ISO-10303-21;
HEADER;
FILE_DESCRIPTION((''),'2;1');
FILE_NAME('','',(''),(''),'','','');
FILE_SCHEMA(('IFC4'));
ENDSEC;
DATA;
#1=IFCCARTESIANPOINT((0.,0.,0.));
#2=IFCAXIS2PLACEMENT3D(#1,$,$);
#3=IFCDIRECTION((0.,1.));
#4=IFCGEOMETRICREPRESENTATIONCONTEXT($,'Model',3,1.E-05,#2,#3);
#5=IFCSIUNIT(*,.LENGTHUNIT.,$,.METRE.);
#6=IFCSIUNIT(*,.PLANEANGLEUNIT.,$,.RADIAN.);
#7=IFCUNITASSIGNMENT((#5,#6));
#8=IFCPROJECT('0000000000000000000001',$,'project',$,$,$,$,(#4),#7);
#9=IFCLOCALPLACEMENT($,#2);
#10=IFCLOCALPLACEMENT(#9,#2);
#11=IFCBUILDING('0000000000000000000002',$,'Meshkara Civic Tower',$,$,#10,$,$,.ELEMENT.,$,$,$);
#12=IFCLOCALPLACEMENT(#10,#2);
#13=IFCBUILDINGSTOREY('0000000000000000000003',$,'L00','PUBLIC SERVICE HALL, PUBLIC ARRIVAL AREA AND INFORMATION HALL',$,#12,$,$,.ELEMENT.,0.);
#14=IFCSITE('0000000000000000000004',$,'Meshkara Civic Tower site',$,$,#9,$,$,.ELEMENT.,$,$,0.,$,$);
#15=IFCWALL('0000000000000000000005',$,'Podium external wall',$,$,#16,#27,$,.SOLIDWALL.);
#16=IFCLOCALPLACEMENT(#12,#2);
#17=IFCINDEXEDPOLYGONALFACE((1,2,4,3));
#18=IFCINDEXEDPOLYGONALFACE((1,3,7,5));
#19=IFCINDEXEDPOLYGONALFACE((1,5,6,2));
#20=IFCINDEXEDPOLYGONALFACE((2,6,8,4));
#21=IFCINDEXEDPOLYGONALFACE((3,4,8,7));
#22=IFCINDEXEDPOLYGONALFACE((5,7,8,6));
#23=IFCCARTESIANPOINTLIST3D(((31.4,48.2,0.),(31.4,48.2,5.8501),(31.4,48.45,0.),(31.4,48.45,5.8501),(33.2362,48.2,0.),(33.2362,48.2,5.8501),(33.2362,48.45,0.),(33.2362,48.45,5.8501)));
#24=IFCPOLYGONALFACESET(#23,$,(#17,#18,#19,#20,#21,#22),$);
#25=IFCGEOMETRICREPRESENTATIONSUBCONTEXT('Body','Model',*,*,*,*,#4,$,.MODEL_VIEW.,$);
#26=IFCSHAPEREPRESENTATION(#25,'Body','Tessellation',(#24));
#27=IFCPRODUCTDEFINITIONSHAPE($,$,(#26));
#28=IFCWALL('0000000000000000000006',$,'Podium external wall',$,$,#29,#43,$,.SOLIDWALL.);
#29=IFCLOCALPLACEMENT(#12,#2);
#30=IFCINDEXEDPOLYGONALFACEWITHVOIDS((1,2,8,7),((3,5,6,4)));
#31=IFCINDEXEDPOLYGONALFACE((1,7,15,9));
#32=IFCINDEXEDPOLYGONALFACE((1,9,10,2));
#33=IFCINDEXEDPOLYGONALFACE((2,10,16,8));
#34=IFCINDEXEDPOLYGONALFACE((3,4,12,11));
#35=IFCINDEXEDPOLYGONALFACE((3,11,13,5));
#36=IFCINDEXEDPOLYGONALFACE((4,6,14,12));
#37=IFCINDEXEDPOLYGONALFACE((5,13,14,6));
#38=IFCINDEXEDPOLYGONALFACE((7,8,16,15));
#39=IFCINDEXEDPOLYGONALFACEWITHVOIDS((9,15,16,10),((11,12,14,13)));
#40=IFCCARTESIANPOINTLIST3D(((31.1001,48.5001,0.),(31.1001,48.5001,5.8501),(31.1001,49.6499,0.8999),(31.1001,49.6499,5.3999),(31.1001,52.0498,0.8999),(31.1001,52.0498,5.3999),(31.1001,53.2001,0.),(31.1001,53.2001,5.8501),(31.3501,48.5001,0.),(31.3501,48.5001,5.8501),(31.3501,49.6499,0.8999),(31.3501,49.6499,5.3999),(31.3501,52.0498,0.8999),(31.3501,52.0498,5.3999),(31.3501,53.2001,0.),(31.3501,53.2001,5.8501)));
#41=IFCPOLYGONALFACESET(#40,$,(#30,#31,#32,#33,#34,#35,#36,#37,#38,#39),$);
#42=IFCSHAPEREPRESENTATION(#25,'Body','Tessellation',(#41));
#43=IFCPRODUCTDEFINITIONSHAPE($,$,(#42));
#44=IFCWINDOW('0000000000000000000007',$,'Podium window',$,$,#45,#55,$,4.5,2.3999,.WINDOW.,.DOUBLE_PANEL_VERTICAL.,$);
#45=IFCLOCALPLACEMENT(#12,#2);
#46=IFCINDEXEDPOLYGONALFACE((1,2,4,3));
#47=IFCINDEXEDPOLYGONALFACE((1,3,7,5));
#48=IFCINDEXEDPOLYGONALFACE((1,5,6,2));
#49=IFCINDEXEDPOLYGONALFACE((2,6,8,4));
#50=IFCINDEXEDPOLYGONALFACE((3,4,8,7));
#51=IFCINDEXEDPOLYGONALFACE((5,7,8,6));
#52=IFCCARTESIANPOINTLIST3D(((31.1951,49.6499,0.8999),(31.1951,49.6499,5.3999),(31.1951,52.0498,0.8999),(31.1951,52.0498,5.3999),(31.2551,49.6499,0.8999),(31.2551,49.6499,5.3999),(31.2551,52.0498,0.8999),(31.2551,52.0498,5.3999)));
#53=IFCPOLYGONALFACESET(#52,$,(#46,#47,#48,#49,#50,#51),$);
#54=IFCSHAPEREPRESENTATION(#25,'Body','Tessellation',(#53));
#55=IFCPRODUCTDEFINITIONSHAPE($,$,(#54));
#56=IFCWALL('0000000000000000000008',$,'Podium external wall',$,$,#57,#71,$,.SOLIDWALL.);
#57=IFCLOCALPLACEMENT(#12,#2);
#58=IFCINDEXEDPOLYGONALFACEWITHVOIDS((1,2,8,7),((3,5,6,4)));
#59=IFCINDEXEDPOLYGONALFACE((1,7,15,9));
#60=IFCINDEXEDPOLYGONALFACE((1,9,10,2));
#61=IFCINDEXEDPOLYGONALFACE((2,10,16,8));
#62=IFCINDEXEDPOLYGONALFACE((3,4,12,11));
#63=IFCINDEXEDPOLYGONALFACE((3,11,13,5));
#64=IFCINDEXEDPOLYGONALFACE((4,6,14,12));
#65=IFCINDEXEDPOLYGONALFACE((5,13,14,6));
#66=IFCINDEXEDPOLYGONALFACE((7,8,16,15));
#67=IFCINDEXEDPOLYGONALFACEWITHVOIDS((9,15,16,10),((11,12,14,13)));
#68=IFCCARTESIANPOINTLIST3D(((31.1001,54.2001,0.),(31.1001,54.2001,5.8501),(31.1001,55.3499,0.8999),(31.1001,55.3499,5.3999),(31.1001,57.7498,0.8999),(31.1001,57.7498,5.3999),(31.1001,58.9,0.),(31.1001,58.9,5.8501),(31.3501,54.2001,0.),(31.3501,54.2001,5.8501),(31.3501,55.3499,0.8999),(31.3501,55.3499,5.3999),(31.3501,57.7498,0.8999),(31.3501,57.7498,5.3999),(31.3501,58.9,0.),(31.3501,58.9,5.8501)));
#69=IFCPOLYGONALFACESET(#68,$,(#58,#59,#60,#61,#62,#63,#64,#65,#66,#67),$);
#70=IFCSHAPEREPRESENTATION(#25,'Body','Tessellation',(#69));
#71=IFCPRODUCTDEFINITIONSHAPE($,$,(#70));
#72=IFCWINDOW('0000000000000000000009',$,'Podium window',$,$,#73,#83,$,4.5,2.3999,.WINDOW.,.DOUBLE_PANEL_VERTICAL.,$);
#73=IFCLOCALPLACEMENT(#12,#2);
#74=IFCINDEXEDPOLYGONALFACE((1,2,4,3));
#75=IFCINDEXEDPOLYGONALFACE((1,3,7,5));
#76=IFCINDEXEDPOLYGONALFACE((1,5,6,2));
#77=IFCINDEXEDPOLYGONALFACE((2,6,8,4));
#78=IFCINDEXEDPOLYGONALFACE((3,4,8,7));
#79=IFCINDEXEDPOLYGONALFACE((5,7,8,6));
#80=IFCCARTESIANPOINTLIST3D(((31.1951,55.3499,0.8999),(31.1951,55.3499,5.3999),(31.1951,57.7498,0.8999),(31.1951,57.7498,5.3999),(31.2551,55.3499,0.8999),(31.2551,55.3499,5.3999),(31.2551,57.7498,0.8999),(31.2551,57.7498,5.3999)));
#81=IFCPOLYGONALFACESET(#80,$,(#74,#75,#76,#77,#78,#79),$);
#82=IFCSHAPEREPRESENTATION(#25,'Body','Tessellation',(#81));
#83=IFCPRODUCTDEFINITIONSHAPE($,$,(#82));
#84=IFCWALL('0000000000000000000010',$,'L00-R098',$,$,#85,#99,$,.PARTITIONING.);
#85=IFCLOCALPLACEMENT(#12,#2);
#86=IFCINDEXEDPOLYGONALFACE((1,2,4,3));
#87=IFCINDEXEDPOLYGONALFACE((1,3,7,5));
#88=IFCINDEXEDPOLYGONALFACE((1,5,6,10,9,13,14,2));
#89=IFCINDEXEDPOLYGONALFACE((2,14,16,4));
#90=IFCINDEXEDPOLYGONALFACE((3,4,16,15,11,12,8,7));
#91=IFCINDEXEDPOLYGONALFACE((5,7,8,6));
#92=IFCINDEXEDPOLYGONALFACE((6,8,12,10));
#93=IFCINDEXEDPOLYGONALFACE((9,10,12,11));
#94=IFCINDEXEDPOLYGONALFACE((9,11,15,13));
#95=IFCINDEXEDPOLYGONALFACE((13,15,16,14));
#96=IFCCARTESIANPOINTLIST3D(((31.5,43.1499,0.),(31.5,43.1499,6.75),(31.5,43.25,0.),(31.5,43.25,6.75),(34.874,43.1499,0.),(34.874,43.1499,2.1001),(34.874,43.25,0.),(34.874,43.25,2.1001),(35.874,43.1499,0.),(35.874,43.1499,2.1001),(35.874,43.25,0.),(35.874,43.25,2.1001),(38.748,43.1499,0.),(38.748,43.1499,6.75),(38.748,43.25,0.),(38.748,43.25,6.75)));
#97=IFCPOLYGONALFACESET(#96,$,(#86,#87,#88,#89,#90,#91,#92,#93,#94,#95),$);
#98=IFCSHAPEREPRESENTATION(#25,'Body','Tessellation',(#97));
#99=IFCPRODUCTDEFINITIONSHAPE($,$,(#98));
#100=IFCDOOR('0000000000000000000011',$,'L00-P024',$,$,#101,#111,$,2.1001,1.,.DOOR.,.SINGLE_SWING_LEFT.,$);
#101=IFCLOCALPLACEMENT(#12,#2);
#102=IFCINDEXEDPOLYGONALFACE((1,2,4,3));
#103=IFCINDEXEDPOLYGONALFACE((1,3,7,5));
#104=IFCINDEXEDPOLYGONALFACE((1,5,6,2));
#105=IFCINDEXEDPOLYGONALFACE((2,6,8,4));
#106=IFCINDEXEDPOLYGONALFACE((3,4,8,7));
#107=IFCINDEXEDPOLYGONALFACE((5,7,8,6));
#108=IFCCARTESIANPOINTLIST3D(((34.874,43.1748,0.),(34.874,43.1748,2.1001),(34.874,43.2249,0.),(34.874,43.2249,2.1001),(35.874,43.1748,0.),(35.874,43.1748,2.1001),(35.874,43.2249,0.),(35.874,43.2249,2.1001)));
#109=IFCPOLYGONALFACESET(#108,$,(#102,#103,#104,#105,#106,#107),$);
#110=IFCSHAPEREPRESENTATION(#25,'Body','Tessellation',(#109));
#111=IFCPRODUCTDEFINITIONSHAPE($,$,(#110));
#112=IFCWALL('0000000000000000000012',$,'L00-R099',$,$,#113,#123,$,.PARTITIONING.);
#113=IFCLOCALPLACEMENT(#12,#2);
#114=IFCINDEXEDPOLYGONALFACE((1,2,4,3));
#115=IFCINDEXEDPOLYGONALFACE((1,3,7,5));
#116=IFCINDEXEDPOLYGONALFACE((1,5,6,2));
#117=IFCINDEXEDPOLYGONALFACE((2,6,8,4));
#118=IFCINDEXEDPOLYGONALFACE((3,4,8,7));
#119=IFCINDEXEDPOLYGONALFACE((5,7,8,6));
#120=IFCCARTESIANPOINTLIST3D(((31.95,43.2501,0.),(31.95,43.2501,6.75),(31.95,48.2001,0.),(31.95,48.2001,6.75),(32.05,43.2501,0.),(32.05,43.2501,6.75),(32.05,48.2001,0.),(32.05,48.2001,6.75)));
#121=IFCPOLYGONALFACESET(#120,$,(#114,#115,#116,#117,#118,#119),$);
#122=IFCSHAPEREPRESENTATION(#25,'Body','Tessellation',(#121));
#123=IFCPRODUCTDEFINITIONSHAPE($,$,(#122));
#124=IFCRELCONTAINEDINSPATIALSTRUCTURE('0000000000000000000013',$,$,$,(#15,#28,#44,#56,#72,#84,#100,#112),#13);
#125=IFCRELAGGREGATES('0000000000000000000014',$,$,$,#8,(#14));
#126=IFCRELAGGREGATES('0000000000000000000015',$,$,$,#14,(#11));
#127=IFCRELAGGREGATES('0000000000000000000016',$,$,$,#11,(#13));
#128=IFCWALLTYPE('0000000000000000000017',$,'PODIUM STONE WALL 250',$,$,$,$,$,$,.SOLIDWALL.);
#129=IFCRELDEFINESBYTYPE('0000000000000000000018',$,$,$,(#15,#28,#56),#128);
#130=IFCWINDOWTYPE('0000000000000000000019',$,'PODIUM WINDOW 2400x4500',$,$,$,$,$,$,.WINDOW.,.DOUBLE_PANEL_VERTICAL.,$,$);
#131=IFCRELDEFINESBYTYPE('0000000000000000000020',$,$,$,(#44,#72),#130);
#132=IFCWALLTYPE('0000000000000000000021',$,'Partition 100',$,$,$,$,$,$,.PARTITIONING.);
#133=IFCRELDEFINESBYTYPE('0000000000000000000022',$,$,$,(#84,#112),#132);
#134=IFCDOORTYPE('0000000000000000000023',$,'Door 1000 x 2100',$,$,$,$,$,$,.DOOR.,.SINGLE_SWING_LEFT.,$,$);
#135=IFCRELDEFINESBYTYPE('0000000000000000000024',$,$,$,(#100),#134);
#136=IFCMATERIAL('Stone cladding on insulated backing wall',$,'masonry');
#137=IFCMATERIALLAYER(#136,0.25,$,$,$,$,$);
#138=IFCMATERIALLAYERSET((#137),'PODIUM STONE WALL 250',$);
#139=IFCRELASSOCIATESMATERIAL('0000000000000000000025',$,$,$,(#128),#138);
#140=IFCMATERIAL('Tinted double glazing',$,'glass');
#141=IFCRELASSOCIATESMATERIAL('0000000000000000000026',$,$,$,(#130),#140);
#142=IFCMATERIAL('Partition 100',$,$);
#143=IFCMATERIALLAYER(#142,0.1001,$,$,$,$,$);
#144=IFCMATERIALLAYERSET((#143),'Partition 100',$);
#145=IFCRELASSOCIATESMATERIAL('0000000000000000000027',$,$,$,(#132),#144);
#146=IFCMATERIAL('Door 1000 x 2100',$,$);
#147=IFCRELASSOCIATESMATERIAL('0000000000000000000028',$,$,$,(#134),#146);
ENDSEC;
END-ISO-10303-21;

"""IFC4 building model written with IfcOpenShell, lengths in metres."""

from ifc_helpers import new_model, si_unit, direction, frame, frame_2d, origin, place, context, subcontext, project, spatial, rectangle, extrude, material, layer, layer_set, type_object, element, fill, save


model = new_model("IFC4")

# Units and contexts
model_context = context("Model", 3, precision=1e-05, world=origin(), true_north=direction((0.0, 1.0)))
body_context = subcontext(model_context, "Body", "Model", "MODEL_VIEW")
ifc_project = project(units=[si_unit("LENGTHUNIT", "METRE"), si_unit("PLANEANGLEUNIT", "RADIAN")], contexts=[model_context])

# Site, building, storey
site_placement = place(None, origin())
site = spatial("IfcSite", under=ifc_project, at=site_placement, Name="Meshkara Civic Tower site", CompositionType="ELEMENT", RefElevation=0.0)
building_placement = place(site_placement, origin())
building = spatial("IfcBuilding", under=site, at=building_placement, Name="Meshkara Civic Tower", CompositionType="ELEMENT")
storey_placement = place(building_placement, origin())
storey = spatial("IfcBuildingStorey", under=building, at=storey_placement, Name="L00", Description="PUBLIC SERVICE HALL, PUBLIC ARRIVAL AREA AND INFORMATION HALL", CompositionType="ELEMENT", Elevation=0.0)

# Shared definitions
ifc_material_1 = material(Name="Stone cladding on insulated backing wall", Category="masonry")
ifc_layer_1 = layer(ifc_material_1, 0.25)
ifc_layer_set_1 = layer_set([ifc_layer_1], Name="PODIUM STONE WALL 250")
wall_type_1 = type_object("IfcWallType", Name="PODIUM STONE WALL 250", PredefinedType="SOLIDWALL", material=ifc_layer_set_1)
ifc_material_2 = material(Name="Tinted double glazing", Category="glass")
window_type = type_object("IfcWindowType", Name="PODIUM WINDOW 2400x4500", PartitioningType="DOUBLE_PANEL_VERTICAL", PredefinedType="WINDOW", material=ifc_material_2)

# Wall
wall_1_placement = place(storey_placement, frame((33.2361, 48.325, 0.0), z_axis=(0.0, 0.0, 1.0), x_axis=(-1.0, 0.0, 0.0)))
element("IfcWall", 1, at=wall_1_placement, inside=storey, type_object=wall_type_1, Name="Podium external wall", PredefinedType="SOLIDWALL", context=body_context, shape_type="SweptSolid", body=[
    extrude(rectangle(XDim=1.8362, YDim=0.25, at=frame_2d((0.918, 0.0))), origin(), (0.0, 0.0, 1.0), 5.8501),
])

# Walls, openings, windows
wall_2_placement = place(storey_placement, frame((31.2251, 48.5, 0.0), z_axis=(0.0, 0.0, 1.0), x_axis=(0.0, 1.0, 0.0)))
wall_2 = element("IfcWall", 2, at=wall_2_placement, inside=storey, type_object=wall_type_1, Name="Podium external wall", PredefinedType="SOLIDWALL", context=body_context, shape_type="SweptSolid", body=[
    extrude(rectangle(XDim=4.7, YDim=0.25, at=frame_2d((2.3501, 0.0))), origin(), (0.0, 0.0, 1.0), 5.8501),
])
opening_1_placement = place(wall_2_placement, frame((1.1499, 0.0, 0.8999)))
opening_1 = element("IfcOpeningElement", 3, at=opening_1_placement, cuts=wall_2, PredefinedType="OPENING", context=body_context, shape_type="SweptSolid", body=[
    extrude(rectangle(XDim=2.3999, YDim=4.5, at=frame_2d((1.2, 2.25))), frame((0.0, 0.135, 0.0), z_axis=(0.0, -1.0, 0.0), x_axis=(1.0, 0.0, 0.0)), (0.0, 0.0, 1.0), 0.27),
])
window_1_placement = place(opening_1_placement, origin())
window_1 = element("IfcWindow", 4, at=window_1_placement, inside=storey, type_object=window_type, Name="Podium window", OverallHeight=4.5, OverallWidth=2.3999, PartitioningType="DOUBLE_PANEL_VERTICAL", PredefinedType="WINDOW", context=body_context, shape_type="SweptSolid", body=[
    extrude(rectangle(XDim=2.3999, YDim=4.5, at=frame_2d((1.2, 2.25))), frame((0.0, 0.03, 0.0), z_axis=(0.0, -1.0, 0.0), x_axis=(1.0, 0.0, 0.0)), (0.0, 0.0, 1.0), 0.0601),
])
fill(opening_1, window_1)
wall_3_placement = place(storey_placement, frame((31.2251, 54.2, 0.0), z_axis=(0.0, 0.0, 1.0), x_axis=(0.0, 1.0, 0.0)))
wall_3 = element("IfcWall", 5, at=wall_3_placement, inside=storey, type_object=wall_type_1, Name="Podium external wall", PredefinedType="SOLIDWALL", context=body_context, shape_type="SweptSolid", body=[
    extrude(rectangle(XDim=4.7, YDim=0.25, at=frame_2d((2.3501, 0.0))), origin(), (0.0, 0.0, 1.0), 5.8501),
])
opening_2_placement = place(wall_3_placement, frame((1.1499, 0.0, 0.8999)))
opening_2 = element("IfcOpeningElement", 6, at=opening_2_placement, cuts=wall_3, PredefinedType="OPENING", context=body_context, shape_type="SweptSolid", body=[
    extrude(rectangle(XDim=2.3999, YDim=4.5, at=frame_2d((1.2, 2.25))), frame((0.0, 0.135, 0.0), z_axis=(0.0, -1.0, 0.0), x_axis=(1.0, 0.0, 0.0)), (0.0, 0.0, 1.0), 0.27),
])
window_2_placement = place(opening_2_placement, origin())
window_2 = element("IfcWindow", 7, at=window_2_placement, inside=storey, type_object=window_type, Name="Podium window", OverallHeight=4.5, OverallWidth=2.3999, PartitioningType="DOUBLE_PANEL_VERTICAL", PredefinedType="WINDOW", context=body_context, shape_type="SweptSolid", body=[
    extrude(rectangle(XDim=2.3999, YDim=4.5, at=frame_2d((1.2, 2.25))), frame((0.0, 0.03, 0.0), z_axis=(0.0, -1.0, 0.0), x_axis=(1.0, 0.0, 0.0)), (0.0, 0.0, 1.0), 0.0601),
])
fill(opening_2, window_2)

# Wall, opening, door
ifc_material_3 = material(Name="Partition 100")
ifc_layer_2 = layer(ifc_material_3, 0.1001)
ifc_layer_set_2 = layer_set([ifc_layer_2], Name="Partition 100")
wall_type_2 = type_object("IfcWallType", Name="Partition 100", PredefinedType="PARTITIONING", material=ifc_layer_set_2)
wall_4_placement = place(storey_placement, frame((31.5, 43.2, 0.0), z_axis=(0.0, 0.0, 1.0), x_axis=(1.0, 0.0, 0.0)))
wall_4 = element("IfcWall", 8, at=wall_4_placement, inside=storey, type_object=wall_type_2, Name="L00-R098", PredefinedType="PARTITIONING", context=body_context, shape_type="SweptSolid", body=[
    extrude(rectangle(XDim=7.248, YDim=0.1001, at=frame_2d((3.624, 0.0))), origin(), (0.0, 0.0, 1.0), 6.75),
])
opening_3_placement = place(wall_4_placement, frame((3.374, 0.0, 0.0)))
opening_3 = element("IfcOpeningElement", 9, at=opening_3_placement, cuts=wall_4, PredefinedType="OPENING", context=body_context, shape_type="SweptSolid", body=[
    extrude(rectangle(XDim=1.0, YDim=2.1001, at=frame_2d((0.5, 1.05))), frame((0.0, 0.0601, 0.0), z_axis=(0.0, -1.0, 0.0), x_axis=(1.0, 0.0, 0.0)), (0.0, 0.0, 1.0), 0.1201),
])
ifc_material_4 = material(Name="Door 1000 x 2100")
door_type = type_object("IfcDoorType", Name="Door 1000 x 2100", OperationType="SINGLE_SWING_LEFT", PredefinedType="DOOR", material=ifc_material_4)
door_placement = place(opening_3_placement, origin())
door = element("IfcDoor", 10, at=door_placement, inside=storey, type_object=door_type, Name="L00-P024", OperationType="SINGLE_SWING_LEFT", OverallHeight=2.1001, OverallWidth=1.0, PredefinedType="DOOR", context=body_context, shape_type="SweptSolid", body=[
    extrude(rectangle(XDim=1.0, YDim=2.1001, at=frame_2d((0.5, 1.05))), frame((0.0, 0.0249, 0.0), z_axis=(0.0, -1.0, 0.0), x_axis=(1.0, 0.0, 0.0)), (0.0, 0.0, 1.0), 0.05),
])
fill(opening_3, door)

# Wall
wall_5_placement = place(storey_placement, frame((32.0, 43.25, 0.0), z_axis=(0.0, 0.0, 1.0), x_axis=(0.0, 1.0, 0.0)))
element("IfcWall", 11, at=wall_5_placement, inside=storey, type_object=wall_type_2, Name="L00-R099", PredefinedType="PARTITIONING", context=body_context, shape_type="SweptSolid", body=[
    extrude(rectangle(XDim=4.95, YDim=0.1001, at=frame_2d((2.4751, 0.0))), origin(), (0.0, 0.0, 1.0), 6.75),
])

save(model, "model.ifc")
